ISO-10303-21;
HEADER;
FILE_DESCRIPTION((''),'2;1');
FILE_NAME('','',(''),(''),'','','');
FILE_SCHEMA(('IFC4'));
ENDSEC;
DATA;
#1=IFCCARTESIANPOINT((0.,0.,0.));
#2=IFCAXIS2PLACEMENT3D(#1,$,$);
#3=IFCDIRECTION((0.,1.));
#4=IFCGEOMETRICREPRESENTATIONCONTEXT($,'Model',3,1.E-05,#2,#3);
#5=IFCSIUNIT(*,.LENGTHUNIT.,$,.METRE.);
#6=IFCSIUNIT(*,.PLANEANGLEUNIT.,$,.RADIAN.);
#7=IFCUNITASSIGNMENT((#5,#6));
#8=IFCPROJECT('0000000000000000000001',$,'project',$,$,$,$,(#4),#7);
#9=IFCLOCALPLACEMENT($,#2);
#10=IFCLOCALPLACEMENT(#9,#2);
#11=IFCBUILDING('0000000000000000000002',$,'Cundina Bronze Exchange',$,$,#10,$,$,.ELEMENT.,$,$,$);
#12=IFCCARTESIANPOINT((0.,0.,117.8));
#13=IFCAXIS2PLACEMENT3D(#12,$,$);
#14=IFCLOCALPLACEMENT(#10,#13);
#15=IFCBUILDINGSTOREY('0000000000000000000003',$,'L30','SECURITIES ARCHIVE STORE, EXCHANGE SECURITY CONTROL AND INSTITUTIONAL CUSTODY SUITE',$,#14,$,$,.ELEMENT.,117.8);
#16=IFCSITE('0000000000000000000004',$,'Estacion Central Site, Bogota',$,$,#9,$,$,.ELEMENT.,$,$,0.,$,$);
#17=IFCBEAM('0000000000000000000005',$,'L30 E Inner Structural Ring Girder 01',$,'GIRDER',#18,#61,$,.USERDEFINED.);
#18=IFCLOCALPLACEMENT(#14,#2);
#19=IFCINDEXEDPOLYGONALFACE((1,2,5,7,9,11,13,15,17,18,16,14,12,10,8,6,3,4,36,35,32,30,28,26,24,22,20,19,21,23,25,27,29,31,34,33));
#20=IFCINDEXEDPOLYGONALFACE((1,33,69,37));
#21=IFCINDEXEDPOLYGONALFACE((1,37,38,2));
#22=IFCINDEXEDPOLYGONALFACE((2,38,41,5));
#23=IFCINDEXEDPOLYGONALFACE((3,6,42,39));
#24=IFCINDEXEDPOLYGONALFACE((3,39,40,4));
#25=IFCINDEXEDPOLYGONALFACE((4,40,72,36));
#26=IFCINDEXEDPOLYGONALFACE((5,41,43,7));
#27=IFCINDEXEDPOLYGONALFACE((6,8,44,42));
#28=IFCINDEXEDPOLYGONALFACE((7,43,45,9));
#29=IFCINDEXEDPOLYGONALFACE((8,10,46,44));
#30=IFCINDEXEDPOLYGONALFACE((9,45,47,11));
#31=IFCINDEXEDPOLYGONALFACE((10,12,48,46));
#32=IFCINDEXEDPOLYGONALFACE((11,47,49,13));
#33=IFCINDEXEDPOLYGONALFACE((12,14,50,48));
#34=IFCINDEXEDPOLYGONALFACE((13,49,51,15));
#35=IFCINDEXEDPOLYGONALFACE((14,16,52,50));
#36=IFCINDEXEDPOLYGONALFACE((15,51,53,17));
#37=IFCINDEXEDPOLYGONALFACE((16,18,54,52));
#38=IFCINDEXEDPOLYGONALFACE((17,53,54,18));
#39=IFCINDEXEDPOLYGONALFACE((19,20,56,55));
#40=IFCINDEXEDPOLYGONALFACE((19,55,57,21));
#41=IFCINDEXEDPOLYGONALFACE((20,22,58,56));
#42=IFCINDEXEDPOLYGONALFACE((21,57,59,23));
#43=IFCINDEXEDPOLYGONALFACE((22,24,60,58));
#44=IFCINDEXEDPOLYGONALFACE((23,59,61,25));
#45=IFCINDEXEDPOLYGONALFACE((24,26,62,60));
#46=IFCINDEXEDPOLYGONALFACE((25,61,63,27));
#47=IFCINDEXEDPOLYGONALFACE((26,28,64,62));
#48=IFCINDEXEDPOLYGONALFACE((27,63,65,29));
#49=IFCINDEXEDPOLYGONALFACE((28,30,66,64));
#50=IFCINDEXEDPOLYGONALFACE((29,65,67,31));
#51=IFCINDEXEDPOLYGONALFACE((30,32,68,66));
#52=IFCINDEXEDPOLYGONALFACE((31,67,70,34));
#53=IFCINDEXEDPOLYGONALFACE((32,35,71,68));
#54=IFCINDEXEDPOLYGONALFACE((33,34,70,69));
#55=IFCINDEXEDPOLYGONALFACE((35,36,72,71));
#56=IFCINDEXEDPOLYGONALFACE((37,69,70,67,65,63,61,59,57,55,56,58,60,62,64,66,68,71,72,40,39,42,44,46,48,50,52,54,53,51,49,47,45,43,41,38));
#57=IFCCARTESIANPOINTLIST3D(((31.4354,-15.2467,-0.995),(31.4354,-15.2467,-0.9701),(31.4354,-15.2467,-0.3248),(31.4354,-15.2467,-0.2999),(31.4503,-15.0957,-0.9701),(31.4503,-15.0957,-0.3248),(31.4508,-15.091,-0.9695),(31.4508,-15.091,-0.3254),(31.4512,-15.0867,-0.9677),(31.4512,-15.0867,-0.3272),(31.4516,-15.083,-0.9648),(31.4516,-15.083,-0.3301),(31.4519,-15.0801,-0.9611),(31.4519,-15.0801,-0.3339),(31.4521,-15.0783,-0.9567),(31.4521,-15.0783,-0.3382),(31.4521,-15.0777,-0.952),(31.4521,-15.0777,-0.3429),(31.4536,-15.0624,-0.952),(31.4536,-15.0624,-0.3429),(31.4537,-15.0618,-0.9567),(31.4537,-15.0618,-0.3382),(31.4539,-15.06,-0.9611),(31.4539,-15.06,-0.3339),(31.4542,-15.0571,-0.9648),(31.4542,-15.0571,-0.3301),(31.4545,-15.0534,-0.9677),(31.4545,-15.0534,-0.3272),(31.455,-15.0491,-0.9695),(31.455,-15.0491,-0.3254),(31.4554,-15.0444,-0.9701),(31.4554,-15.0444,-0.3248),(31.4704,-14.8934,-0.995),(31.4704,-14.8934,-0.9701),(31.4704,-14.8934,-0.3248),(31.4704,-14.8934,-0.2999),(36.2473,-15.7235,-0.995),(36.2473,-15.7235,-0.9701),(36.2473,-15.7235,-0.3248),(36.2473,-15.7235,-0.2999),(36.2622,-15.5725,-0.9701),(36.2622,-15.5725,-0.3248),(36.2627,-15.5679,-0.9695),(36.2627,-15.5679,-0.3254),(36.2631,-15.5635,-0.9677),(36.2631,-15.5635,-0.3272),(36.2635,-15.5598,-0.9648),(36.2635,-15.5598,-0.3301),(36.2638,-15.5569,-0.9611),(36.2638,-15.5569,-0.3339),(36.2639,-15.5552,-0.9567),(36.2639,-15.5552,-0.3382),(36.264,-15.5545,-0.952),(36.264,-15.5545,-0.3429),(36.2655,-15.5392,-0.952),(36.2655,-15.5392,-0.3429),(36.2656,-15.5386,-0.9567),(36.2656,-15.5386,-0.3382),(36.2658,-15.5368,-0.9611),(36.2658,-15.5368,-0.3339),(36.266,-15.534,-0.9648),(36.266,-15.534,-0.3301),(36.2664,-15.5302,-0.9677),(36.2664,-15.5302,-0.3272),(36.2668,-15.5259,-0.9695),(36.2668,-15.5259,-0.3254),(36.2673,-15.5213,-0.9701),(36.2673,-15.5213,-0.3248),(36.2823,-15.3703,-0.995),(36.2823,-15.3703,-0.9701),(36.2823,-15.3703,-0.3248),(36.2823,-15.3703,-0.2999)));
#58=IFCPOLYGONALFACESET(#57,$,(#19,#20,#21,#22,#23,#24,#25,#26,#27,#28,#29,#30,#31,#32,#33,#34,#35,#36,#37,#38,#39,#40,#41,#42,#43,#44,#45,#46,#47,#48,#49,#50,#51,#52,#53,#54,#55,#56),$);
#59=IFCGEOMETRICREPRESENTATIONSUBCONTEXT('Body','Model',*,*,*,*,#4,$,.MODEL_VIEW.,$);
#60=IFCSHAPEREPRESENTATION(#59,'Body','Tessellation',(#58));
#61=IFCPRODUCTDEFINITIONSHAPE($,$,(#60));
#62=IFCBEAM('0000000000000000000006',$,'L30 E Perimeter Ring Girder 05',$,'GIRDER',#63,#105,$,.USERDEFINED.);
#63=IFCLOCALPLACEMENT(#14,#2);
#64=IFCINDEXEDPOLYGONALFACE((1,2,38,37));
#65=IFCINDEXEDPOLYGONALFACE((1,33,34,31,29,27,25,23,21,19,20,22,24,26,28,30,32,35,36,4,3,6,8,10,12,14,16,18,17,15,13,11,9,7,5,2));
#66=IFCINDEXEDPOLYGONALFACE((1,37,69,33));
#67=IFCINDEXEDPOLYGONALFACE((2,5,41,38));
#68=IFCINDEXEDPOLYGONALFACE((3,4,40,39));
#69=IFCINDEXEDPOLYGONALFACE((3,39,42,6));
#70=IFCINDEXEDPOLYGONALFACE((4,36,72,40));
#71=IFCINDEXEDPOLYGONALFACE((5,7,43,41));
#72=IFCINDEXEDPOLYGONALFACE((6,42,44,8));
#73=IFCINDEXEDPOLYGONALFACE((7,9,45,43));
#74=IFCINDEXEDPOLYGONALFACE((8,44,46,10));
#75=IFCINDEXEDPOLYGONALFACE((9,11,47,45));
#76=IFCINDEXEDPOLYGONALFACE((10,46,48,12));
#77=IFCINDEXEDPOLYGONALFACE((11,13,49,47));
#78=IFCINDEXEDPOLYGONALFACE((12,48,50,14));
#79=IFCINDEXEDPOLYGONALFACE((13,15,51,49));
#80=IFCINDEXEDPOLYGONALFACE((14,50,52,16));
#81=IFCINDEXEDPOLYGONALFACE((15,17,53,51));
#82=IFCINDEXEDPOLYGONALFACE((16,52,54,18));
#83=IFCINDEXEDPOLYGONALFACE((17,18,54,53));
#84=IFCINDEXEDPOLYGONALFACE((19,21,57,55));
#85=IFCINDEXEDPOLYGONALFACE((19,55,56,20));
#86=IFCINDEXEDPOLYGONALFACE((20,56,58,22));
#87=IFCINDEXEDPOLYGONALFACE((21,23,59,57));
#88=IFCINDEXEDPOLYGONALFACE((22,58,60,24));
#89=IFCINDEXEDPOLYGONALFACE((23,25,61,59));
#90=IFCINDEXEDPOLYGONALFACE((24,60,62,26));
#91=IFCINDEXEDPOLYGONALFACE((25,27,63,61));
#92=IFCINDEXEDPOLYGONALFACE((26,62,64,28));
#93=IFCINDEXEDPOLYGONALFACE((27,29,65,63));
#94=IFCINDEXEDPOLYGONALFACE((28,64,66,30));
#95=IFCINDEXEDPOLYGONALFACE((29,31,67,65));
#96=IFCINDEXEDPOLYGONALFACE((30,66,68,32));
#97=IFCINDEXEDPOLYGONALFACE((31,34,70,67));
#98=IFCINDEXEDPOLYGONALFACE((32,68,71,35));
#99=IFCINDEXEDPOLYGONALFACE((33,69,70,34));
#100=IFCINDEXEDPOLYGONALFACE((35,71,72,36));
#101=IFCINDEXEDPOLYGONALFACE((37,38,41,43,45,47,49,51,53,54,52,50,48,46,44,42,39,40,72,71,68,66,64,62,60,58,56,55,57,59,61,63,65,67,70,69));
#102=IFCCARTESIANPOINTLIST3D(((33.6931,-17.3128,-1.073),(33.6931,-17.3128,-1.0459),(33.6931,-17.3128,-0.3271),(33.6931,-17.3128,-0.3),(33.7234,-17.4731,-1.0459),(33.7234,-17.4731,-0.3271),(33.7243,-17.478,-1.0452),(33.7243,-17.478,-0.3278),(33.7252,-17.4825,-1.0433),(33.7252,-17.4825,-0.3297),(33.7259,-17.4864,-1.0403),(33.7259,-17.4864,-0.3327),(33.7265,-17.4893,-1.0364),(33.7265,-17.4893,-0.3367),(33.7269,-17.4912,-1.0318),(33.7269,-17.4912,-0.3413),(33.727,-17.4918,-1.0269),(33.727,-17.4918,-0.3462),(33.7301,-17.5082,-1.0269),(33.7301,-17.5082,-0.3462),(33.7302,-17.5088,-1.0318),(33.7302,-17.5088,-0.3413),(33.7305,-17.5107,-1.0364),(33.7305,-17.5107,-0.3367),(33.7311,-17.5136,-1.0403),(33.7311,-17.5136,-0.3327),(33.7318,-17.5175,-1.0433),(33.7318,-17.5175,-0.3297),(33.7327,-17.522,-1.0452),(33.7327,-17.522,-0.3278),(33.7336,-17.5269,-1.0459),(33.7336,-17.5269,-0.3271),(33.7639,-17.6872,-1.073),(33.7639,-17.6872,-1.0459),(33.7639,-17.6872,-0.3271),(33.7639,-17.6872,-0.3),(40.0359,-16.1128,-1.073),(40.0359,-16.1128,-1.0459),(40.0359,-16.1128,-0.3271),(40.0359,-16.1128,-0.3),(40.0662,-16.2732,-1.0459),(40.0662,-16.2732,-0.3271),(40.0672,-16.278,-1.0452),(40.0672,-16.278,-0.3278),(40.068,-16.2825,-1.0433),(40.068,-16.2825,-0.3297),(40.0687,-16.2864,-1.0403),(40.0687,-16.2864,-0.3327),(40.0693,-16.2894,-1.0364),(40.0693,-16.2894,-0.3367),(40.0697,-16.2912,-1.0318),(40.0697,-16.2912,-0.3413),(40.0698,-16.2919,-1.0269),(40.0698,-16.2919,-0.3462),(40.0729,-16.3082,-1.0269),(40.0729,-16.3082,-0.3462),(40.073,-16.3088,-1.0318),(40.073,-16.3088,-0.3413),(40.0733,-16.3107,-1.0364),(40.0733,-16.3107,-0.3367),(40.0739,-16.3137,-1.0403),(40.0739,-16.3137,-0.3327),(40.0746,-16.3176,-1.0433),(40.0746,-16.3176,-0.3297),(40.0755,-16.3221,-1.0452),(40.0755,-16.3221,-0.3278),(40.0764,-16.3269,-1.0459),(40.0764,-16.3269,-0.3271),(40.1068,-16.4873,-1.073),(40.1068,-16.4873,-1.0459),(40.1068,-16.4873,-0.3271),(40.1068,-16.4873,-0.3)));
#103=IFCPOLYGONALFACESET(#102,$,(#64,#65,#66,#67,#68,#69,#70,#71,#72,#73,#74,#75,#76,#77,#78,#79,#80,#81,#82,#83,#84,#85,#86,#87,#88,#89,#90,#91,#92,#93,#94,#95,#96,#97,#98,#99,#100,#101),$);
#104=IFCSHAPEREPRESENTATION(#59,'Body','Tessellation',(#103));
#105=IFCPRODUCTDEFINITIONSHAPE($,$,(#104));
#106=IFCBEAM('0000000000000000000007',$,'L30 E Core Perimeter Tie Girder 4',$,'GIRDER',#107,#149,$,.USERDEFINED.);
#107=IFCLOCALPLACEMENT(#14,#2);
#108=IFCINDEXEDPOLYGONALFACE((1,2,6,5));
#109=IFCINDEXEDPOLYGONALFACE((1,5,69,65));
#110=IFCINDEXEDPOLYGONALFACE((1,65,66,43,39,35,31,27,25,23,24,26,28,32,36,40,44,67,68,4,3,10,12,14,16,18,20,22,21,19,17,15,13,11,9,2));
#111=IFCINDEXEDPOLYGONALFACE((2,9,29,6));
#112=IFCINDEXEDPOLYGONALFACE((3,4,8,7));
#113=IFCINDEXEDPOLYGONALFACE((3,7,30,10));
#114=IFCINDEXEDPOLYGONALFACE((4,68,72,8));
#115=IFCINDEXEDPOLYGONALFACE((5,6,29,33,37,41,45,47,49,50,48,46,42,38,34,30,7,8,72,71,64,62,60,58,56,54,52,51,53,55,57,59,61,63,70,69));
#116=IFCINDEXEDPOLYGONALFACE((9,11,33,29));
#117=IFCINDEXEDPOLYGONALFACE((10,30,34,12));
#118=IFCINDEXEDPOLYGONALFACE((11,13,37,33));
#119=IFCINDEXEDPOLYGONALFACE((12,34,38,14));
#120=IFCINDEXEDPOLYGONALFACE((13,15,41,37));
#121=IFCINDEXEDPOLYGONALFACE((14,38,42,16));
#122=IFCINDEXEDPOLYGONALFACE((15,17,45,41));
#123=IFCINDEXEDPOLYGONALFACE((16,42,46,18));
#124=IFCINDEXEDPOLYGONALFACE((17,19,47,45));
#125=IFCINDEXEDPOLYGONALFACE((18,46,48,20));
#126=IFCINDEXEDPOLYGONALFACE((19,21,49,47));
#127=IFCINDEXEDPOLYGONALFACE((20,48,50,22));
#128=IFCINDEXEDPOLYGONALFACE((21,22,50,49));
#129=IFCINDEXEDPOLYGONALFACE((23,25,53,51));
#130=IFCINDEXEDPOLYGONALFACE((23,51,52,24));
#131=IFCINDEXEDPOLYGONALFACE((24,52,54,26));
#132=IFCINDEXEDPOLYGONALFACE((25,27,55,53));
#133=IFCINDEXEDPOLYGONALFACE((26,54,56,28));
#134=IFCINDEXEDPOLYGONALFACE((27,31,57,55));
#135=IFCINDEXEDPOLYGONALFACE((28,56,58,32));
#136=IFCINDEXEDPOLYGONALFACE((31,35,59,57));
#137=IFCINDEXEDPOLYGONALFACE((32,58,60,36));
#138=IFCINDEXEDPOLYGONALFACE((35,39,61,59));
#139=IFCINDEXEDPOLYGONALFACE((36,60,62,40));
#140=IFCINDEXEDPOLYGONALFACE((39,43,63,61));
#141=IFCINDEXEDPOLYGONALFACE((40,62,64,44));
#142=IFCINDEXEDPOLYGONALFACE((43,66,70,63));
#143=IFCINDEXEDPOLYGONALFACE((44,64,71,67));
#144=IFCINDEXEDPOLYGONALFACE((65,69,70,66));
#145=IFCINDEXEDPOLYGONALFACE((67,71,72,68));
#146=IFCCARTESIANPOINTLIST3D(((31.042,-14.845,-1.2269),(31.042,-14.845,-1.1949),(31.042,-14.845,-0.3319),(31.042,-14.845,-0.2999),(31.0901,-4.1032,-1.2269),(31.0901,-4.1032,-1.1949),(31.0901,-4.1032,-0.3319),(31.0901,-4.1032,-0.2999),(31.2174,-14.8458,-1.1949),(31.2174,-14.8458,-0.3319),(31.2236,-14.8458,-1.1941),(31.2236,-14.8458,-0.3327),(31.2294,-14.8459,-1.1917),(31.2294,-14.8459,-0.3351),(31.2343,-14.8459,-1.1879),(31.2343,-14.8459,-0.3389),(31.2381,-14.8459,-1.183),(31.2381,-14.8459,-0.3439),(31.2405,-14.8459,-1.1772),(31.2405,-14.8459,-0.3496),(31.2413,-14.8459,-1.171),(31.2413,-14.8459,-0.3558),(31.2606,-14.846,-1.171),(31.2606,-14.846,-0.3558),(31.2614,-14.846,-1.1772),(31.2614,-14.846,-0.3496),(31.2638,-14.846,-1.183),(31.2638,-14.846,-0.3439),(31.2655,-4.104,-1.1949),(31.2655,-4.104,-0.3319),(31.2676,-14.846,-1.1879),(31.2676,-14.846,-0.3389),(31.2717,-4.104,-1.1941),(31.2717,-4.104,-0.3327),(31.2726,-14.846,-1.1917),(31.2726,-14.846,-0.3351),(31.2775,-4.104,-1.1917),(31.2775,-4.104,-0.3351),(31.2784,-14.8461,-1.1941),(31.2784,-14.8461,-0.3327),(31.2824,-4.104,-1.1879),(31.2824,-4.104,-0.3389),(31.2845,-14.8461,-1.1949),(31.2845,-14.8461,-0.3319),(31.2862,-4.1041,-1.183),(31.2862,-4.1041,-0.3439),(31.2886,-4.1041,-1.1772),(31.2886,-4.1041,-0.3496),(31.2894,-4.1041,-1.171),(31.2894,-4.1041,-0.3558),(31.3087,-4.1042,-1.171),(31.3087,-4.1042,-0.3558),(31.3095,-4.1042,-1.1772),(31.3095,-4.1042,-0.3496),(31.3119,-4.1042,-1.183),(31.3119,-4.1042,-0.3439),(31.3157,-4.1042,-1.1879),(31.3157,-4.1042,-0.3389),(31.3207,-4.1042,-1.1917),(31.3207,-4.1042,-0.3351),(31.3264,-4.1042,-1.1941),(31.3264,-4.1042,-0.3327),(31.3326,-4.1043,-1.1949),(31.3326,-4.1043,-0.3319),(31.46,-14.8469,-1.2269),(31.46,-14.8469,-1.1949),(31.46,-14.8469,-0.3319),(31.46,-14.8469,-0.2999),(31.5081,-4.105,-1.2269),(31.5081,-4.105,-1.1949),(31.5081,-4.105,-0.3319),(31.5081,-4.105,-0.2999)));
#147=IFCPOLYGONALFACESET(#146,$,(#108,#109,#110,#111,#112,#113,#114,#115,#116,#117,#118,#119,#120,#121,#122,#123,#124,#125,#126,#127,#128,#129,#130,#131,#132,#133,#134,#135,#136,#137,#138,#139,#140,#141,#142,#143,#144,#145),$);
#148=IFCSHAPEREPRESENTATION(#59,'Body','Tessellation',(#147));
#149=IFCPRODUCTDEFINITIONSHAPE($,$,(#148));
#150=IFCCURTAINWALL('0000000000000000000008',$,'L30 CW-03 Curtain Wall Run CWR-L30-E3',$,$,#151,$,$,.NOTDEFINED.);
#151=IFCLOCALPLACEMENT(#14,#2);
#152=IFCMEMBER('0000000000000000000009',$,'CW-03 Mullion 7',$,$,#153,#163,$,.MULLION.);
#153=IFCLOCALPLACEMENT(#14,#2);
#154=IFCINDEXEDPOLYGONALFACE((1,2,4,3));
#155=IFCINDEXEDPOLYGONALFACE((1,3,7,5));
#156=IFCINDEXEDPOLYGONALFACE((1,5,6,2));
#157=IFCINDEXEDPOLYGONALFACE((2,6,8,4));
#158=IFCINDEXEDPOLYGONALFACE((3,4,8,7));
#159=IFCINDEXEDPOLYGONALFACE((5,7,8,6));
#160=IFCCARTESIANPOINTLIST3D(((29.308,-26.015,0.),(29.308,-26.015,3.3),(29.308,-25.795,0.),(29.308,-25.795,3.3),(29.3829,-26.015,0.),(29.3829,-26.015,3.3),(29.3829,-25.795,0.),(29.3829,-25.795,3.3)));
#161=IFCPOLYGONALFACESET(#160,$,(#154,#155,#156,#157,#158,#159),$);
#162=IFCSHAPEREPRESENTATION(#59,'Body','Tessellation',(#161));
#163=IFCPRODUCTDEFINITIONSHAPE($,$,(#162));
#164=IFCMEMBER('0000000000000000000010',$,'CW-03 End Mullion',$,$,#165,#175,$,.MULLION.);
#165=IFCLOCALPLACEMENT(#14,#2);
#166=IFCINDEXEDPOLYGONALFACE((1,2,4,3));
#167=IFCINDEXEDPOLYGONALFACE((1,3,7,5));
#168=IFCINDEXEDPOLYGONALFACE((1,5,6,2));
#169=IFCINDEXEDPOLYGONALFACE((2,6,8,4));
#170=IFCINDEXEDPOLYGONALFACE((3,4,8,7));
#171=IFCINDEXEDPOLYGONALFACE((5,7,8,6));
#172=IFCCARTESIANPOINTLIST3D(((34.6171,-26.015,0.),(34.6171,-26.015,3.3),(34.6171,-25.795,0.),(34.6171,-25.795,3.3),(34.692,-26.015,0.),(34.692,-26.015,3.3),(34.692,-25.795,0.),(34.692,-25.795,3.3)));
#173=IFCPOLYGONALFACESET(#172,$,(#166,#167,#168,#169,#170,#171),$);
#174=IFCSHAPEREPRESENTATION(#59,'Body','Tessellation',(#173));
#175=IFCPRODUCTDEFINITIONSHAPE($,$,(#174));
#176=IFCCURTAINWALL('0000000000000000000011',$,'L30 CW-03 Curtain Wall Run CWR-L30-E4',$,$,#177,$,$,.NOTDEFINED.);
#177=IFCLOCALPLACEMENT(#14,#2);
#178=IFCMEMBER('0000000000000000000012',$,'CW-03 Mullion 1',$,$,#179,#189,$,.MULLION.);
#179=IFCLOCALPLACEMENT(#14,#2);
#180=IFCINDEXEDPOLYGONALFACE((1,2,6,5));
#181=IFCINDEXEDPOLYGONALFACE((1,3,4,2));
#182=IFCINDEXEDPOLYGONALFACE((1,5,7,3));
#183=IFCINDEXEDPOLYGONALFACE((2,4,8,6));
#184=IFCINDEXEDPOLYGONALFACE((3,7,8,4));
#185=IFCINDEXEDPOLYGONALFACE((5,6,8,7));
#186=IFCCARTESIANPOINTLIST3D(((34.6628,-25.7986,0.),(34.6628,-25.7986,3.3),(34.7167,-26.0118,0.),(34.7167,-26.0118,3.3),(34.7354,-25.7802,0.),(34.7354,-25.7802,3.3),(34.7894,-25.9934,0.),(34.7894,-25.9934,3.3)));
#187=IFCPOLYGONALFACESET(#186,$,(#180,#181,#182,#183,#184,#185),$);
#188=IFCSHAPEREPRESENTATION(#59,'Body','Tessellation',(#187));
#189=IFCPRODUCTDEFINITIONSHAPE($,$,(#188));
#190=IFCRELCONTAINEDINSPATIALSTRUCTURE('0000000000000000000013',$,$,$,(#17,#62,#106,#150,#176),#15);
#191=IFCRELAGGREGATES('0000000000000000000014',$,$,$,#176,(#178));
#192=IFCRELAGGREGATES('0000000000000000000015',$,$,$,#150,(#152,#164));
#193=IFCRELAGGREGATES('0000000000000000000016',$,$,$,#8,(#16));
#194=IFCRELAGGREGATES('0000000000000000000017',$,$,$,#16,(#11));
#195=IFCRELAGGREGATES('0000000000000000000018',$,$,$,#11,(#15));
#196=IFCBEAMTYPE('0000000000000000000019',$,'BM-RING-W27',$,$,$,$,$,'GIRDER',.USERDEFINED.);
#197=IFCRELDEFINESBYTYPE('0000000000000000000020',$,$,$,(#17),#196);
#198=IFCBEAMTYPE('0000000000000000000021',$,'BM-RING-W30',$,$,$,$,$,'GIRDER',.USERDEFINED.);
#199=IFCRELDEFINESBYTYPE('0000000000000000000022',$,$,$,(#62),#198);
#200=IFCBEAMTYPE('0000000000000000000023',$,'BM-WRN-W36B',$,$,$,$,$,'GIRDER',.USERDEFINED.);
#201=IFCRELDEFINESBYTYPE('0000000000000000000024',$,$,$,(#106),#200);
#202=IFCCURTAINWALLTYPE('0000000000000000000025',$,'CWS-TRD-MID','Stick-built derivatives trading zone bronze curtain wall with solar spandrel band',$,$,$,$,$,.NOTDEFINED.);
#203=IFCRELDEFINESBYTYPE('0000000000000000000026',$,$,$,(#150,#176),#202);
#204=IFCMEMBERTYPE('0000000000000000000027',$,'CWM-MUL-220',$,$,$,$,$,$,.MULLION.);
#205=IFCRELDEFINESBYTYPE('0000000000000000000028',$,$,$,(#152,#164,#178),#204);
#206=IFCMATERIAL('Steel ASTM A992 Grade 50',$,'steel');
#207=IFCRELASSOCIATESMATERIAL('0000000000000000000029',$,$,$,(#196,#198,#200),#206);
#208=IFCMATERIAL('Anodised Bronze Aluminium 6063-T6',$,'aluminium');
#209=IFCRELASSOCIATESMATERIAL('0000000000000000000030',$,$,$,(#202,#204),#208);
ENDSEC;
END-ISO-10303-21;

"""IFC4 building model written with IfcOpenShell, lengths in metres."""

from ifc_helpers import new_model, si_unit, direction, frame, origin, origin_2d, place, context, subcontext, project, spatial, rectangle, i_section, extrude, material, material_profile, profile_set, type_object, element, aggregate, save


model = new_model("IFC4")

# Units and contexts
model_context = context("Model", 3, precision=1e-05, world=origin(), true_north=direction((0.0, 1.0)))
body_context = subcontext(model_context, "Body", "Model", "MODEL_VIEW")
ifc_project = project(units=[si_unit("LENGTHUNIT", "METRE"), si_unit("PLANEANGLEUNIT", "RADIAN")], contexts=[model_context])

# Site, building, storey
site_placement = place(None, origin())
site = spatial("IfcSite", under=ifc_project, at=site_placement, Name="Estacion Central Site, Bogota", CompositionType="ELEMENT", RefElevation=0.0)
building_placement = place(site_placement, origin())
building = spatial("IfcBuilding", under=site, at=building_placement, Name="Cundina Bronze Exchange", CompositionType="ELEMENT")
storey_placement = place(building_placement, frame((0.0, 0.0, 117.8)))
storey = spatial("IfcBuildingStorey", under=building, at=storey_placement, Name="L30", Description="SECURITIES ARCHIVE STORE, EXCHANGE SECURITY CONTROL AND INSTITUTIONAL CUSTODY SUITE", CompositionType="ELEMENT", Elevation=117.8)

# Shared definitions
ifc_material_1 = material(Name="Steel ASTM A992 Grade 50", Category="steel")

# Beams
ifc_material_profile_1 = material_profile(ifc_material_1, i_section(OverallWidth=0.355, OverallDepth=0.6951, WebThickness=0.0154, FlangeThickness=0.0249, FilletRadius=0.0181, at=origin_2d()), Name="W27X146", Category="steel")
ifc_profile_set_1 = profile_set([ifc_material_profile_1], Name="Steel ASTM A992 Grade 50")
beam_type_1 = type_object("IfcBeamType", Name="BM-RING-W27", ElementType="GIRDER", PredefinedType="USERDEFINED", material=ifc_profile_set_1)
beam_1_placement = place(storey_placement, frame((31.4529, -15.0701, -0.6475), z_axis=(0.995126, -0.098609, 0.0), x_axis=(0.098609, 0.995126, 0.0)))
element("IfcBeam", 1, at=beam_1_placement, inside=storey, type_object=beam_type_1, Name="L30 E Inner Structural Ring Girder 01", ObjectType="GIRDER", PredefinedType="USERDEFINED", context=body_context, shape_type="SweptSolid", body=[
    extrude(i_section(OverallWidth=0.355, OverallDepth=0.6951, WebThickness=0.0154, FlangeThickness=0.0249, FilletRadius=0.0181, at=origin_2d()), origin(), (0.0, 0.0, 1.0), 4.8354),
])
ifc_material_profile_2 = material_profile(ifc_material_1, i_section(OverallWidth=0.3811, OverallDepth=0.7729, WebThickness=0.0166, FlangeThickness=0.0271, FilletRadius=0.019, at=origin_2d()), Name="W30X173", Category="steel")
ifc_profile_set_2 = profile_set([ifc_material_profile_2], Name="Steel ASTM A992 Grade 50")
beam_type_2 = type_object("IfcBeamType", Name="BM-RING-W30", ElementType="GIRDER", PredefinedType="USERDEFINED", material=ifc_profile_set_2)
beam_2_placement = place(storey_placement, frame((33.7285, -17.5, -0.6865), z_axis=(0.982571, 0.185887, 0.0), x_axis=(-0.185887, 0.982571, 0.0)))
element("IfcBeam", 2, at=beam_2_placement, inside=storey, type_object=beam_type_2, Name="L30 E Perimeter Ring Girder 05", ObjectType="GIRDER", PredefinedType="USERDEFINED", context=body_context, shape_type="SweptSolid", body=[
    extrude(i_section(OverallWidth=0.3811, OverallDepth=0.7729, WebThickness=0.0166, FlangeThickness=0.0271, FilletRadius=0.019, at=origin_2d()), origin(), (0.0, 0.0, 1.0), 6.4553),
])
ifc_material_profile_3 = material_profile(ifc_material_1, i_section(OverallWidth=0.418, OverallDepth=0.927, WebThickness=0.0193, FlangeThickness=0.032, FilletRadius=0.0239, at=origin_2d()), Name="W36X231", Category="steel")
ifc_profile_set_3 = profile_set([ifc_material_profile_3], Name="Steel ASTM A992 Grade 50")
beam_type_3 = type_object("IfcBeamType", Name="BM-WRN-W36B", ElementType="GIRDER", PredefinedType="USERDEFINED", material=ifc_profile_set_3)
beam_3_placement = place(storey_placement, frame((31.251, -14.8459, -0.7634), z_axis=(0.004477, 0.99999, 0.0), x_axis=(-0.99999, 0.004477, 0.0)))
element("IfcBeam", 3, at=beam_3_placement, inside=storey, type_object=beam_type_3, Name="L30 E Core Perimeter Tie Girder 4", ObjectType="GIRDER", PredefinedType="USERDEFINED", context=body_context, shape_type="SweptSolid", body=[
    extrude(i_section(OverallWidth=0.418, OverallDepth=0.927, WebThickness=0.0193, FlangeThickness=0.032, FilletRadius=0.0239, at=origin_2d()), origin(), (0.0, 0.0, 1.0), 10.7419),
])

# Curtain wall, members
ifc_material_2 = material(Name="Anodised Bronze Aluminium 6063-T6", Category="aluminium")
curtain_wall_type = type_object("IfcCurtainWallType", Name="CWS-TRD-MID", Description="Stick-built derivatives trading zone bronze curtain wall with solar spandrel band", PredefinedType="NOTDEFINED", material=ifc_material_2)
curtain_wall_1_placement = place(storey_placement, origin())
curtain_wall_1 = element("IfcCurtainWall", 4, at=curtain_wall_1_placement, inside=storey, type_object=curtain_wall_type, Name="L30 CW-03 Curtain Wall Run CWR-L30-E3", PredefinedType="NOTDEFINED")
ifc_material_profile_4 = material_profile(ifc_material_2, rectangle(XDim=0.075, YDim=0.22, at=origin_2d()), Name="AL75X220", Category="aluminium")
ifc_profile_set_4 = profile_set([ifc_material_profile_4], Name="Anodised Bronze Aluminium 6063-T6")
member_type_1 = type_object("IfcMemberType", Name="CWM-MUL-220", PredefinedType="MULLION", material=ifc_profile_set_4)
member_1_placement = place(storey_placement, frame((29.3455, -25.905, 0.0), z_axis=(0.0, 0.0, 1.0), x_axis=(1.0, 0.0, 0.0)))
member_1 = element("IfcMember", 5, at=member_1_placement, type_object=member_type_1, Name="CW-03 Mullion 7", PredefinedType="MULLION", context=body_context, shape_type="SweptSolid", body=[
    extrude(rectangle(XDim=0.075, YDim=0.22, at=origin_2d()), origin(), (0.0, 0.0, 1.0), 3.3),
])
member_2_placement = place(storey_placement, frame((34.6545, -25.905, 0.0), z_axis=(0.0, 0.0, 1.0), x_axis=(1.0, 0.0, 0.0)))
member_2 = element("IfcMember", 6, at=member_2_placement, type_object=member_type_1, Name="CW-03 End Mullion", PredefinedType="MULLION", context=body_context, shape_type="SweptSolid", body=[
    extrude(rectangle(XDim=0.075, YDim=0.22, at=origin_2d()), origin(), (0.0, 0.0, 1.0), 3.3),
])

# Curtain wall, member
curtain_wall_2_placement = place(storey_placement, origin())
curtain_wall_2 = element("IfcCurtainWall", 7, at=curtain_wall_2_placement, inside=storey, type_object=curtain_wall_type, Name="L30 CW-03 Curtain Wall Run CWR-L30-E4", PredefinedType="NOTDEFINED")
member_3_placement = place(storey_placement, frame((34.7261, -25.896, 0.0), z_axis=(0.0, 0.0, 1.0), x_axis=(0.969488, 0.245138, 0.0)))
member_3 = element("IfcMember", 8, at=member_3_placement, type_object=member_type_1, Name="CW-03 Mullion 1", PredefinedType="MULLION", context=body_context, shape_type="SweptSolid", body=[
    extrude(rectangle(XDim=0.075, YDim=0.22, at=origin_2d()), origin(), (0.0, 0.0, 1.0), 3.3),
])
aggregate(curtain_wall_2, [member_3])

aggregate(curtain_wall_1, [member_1, member_2])

save(model, "model.ifc")
